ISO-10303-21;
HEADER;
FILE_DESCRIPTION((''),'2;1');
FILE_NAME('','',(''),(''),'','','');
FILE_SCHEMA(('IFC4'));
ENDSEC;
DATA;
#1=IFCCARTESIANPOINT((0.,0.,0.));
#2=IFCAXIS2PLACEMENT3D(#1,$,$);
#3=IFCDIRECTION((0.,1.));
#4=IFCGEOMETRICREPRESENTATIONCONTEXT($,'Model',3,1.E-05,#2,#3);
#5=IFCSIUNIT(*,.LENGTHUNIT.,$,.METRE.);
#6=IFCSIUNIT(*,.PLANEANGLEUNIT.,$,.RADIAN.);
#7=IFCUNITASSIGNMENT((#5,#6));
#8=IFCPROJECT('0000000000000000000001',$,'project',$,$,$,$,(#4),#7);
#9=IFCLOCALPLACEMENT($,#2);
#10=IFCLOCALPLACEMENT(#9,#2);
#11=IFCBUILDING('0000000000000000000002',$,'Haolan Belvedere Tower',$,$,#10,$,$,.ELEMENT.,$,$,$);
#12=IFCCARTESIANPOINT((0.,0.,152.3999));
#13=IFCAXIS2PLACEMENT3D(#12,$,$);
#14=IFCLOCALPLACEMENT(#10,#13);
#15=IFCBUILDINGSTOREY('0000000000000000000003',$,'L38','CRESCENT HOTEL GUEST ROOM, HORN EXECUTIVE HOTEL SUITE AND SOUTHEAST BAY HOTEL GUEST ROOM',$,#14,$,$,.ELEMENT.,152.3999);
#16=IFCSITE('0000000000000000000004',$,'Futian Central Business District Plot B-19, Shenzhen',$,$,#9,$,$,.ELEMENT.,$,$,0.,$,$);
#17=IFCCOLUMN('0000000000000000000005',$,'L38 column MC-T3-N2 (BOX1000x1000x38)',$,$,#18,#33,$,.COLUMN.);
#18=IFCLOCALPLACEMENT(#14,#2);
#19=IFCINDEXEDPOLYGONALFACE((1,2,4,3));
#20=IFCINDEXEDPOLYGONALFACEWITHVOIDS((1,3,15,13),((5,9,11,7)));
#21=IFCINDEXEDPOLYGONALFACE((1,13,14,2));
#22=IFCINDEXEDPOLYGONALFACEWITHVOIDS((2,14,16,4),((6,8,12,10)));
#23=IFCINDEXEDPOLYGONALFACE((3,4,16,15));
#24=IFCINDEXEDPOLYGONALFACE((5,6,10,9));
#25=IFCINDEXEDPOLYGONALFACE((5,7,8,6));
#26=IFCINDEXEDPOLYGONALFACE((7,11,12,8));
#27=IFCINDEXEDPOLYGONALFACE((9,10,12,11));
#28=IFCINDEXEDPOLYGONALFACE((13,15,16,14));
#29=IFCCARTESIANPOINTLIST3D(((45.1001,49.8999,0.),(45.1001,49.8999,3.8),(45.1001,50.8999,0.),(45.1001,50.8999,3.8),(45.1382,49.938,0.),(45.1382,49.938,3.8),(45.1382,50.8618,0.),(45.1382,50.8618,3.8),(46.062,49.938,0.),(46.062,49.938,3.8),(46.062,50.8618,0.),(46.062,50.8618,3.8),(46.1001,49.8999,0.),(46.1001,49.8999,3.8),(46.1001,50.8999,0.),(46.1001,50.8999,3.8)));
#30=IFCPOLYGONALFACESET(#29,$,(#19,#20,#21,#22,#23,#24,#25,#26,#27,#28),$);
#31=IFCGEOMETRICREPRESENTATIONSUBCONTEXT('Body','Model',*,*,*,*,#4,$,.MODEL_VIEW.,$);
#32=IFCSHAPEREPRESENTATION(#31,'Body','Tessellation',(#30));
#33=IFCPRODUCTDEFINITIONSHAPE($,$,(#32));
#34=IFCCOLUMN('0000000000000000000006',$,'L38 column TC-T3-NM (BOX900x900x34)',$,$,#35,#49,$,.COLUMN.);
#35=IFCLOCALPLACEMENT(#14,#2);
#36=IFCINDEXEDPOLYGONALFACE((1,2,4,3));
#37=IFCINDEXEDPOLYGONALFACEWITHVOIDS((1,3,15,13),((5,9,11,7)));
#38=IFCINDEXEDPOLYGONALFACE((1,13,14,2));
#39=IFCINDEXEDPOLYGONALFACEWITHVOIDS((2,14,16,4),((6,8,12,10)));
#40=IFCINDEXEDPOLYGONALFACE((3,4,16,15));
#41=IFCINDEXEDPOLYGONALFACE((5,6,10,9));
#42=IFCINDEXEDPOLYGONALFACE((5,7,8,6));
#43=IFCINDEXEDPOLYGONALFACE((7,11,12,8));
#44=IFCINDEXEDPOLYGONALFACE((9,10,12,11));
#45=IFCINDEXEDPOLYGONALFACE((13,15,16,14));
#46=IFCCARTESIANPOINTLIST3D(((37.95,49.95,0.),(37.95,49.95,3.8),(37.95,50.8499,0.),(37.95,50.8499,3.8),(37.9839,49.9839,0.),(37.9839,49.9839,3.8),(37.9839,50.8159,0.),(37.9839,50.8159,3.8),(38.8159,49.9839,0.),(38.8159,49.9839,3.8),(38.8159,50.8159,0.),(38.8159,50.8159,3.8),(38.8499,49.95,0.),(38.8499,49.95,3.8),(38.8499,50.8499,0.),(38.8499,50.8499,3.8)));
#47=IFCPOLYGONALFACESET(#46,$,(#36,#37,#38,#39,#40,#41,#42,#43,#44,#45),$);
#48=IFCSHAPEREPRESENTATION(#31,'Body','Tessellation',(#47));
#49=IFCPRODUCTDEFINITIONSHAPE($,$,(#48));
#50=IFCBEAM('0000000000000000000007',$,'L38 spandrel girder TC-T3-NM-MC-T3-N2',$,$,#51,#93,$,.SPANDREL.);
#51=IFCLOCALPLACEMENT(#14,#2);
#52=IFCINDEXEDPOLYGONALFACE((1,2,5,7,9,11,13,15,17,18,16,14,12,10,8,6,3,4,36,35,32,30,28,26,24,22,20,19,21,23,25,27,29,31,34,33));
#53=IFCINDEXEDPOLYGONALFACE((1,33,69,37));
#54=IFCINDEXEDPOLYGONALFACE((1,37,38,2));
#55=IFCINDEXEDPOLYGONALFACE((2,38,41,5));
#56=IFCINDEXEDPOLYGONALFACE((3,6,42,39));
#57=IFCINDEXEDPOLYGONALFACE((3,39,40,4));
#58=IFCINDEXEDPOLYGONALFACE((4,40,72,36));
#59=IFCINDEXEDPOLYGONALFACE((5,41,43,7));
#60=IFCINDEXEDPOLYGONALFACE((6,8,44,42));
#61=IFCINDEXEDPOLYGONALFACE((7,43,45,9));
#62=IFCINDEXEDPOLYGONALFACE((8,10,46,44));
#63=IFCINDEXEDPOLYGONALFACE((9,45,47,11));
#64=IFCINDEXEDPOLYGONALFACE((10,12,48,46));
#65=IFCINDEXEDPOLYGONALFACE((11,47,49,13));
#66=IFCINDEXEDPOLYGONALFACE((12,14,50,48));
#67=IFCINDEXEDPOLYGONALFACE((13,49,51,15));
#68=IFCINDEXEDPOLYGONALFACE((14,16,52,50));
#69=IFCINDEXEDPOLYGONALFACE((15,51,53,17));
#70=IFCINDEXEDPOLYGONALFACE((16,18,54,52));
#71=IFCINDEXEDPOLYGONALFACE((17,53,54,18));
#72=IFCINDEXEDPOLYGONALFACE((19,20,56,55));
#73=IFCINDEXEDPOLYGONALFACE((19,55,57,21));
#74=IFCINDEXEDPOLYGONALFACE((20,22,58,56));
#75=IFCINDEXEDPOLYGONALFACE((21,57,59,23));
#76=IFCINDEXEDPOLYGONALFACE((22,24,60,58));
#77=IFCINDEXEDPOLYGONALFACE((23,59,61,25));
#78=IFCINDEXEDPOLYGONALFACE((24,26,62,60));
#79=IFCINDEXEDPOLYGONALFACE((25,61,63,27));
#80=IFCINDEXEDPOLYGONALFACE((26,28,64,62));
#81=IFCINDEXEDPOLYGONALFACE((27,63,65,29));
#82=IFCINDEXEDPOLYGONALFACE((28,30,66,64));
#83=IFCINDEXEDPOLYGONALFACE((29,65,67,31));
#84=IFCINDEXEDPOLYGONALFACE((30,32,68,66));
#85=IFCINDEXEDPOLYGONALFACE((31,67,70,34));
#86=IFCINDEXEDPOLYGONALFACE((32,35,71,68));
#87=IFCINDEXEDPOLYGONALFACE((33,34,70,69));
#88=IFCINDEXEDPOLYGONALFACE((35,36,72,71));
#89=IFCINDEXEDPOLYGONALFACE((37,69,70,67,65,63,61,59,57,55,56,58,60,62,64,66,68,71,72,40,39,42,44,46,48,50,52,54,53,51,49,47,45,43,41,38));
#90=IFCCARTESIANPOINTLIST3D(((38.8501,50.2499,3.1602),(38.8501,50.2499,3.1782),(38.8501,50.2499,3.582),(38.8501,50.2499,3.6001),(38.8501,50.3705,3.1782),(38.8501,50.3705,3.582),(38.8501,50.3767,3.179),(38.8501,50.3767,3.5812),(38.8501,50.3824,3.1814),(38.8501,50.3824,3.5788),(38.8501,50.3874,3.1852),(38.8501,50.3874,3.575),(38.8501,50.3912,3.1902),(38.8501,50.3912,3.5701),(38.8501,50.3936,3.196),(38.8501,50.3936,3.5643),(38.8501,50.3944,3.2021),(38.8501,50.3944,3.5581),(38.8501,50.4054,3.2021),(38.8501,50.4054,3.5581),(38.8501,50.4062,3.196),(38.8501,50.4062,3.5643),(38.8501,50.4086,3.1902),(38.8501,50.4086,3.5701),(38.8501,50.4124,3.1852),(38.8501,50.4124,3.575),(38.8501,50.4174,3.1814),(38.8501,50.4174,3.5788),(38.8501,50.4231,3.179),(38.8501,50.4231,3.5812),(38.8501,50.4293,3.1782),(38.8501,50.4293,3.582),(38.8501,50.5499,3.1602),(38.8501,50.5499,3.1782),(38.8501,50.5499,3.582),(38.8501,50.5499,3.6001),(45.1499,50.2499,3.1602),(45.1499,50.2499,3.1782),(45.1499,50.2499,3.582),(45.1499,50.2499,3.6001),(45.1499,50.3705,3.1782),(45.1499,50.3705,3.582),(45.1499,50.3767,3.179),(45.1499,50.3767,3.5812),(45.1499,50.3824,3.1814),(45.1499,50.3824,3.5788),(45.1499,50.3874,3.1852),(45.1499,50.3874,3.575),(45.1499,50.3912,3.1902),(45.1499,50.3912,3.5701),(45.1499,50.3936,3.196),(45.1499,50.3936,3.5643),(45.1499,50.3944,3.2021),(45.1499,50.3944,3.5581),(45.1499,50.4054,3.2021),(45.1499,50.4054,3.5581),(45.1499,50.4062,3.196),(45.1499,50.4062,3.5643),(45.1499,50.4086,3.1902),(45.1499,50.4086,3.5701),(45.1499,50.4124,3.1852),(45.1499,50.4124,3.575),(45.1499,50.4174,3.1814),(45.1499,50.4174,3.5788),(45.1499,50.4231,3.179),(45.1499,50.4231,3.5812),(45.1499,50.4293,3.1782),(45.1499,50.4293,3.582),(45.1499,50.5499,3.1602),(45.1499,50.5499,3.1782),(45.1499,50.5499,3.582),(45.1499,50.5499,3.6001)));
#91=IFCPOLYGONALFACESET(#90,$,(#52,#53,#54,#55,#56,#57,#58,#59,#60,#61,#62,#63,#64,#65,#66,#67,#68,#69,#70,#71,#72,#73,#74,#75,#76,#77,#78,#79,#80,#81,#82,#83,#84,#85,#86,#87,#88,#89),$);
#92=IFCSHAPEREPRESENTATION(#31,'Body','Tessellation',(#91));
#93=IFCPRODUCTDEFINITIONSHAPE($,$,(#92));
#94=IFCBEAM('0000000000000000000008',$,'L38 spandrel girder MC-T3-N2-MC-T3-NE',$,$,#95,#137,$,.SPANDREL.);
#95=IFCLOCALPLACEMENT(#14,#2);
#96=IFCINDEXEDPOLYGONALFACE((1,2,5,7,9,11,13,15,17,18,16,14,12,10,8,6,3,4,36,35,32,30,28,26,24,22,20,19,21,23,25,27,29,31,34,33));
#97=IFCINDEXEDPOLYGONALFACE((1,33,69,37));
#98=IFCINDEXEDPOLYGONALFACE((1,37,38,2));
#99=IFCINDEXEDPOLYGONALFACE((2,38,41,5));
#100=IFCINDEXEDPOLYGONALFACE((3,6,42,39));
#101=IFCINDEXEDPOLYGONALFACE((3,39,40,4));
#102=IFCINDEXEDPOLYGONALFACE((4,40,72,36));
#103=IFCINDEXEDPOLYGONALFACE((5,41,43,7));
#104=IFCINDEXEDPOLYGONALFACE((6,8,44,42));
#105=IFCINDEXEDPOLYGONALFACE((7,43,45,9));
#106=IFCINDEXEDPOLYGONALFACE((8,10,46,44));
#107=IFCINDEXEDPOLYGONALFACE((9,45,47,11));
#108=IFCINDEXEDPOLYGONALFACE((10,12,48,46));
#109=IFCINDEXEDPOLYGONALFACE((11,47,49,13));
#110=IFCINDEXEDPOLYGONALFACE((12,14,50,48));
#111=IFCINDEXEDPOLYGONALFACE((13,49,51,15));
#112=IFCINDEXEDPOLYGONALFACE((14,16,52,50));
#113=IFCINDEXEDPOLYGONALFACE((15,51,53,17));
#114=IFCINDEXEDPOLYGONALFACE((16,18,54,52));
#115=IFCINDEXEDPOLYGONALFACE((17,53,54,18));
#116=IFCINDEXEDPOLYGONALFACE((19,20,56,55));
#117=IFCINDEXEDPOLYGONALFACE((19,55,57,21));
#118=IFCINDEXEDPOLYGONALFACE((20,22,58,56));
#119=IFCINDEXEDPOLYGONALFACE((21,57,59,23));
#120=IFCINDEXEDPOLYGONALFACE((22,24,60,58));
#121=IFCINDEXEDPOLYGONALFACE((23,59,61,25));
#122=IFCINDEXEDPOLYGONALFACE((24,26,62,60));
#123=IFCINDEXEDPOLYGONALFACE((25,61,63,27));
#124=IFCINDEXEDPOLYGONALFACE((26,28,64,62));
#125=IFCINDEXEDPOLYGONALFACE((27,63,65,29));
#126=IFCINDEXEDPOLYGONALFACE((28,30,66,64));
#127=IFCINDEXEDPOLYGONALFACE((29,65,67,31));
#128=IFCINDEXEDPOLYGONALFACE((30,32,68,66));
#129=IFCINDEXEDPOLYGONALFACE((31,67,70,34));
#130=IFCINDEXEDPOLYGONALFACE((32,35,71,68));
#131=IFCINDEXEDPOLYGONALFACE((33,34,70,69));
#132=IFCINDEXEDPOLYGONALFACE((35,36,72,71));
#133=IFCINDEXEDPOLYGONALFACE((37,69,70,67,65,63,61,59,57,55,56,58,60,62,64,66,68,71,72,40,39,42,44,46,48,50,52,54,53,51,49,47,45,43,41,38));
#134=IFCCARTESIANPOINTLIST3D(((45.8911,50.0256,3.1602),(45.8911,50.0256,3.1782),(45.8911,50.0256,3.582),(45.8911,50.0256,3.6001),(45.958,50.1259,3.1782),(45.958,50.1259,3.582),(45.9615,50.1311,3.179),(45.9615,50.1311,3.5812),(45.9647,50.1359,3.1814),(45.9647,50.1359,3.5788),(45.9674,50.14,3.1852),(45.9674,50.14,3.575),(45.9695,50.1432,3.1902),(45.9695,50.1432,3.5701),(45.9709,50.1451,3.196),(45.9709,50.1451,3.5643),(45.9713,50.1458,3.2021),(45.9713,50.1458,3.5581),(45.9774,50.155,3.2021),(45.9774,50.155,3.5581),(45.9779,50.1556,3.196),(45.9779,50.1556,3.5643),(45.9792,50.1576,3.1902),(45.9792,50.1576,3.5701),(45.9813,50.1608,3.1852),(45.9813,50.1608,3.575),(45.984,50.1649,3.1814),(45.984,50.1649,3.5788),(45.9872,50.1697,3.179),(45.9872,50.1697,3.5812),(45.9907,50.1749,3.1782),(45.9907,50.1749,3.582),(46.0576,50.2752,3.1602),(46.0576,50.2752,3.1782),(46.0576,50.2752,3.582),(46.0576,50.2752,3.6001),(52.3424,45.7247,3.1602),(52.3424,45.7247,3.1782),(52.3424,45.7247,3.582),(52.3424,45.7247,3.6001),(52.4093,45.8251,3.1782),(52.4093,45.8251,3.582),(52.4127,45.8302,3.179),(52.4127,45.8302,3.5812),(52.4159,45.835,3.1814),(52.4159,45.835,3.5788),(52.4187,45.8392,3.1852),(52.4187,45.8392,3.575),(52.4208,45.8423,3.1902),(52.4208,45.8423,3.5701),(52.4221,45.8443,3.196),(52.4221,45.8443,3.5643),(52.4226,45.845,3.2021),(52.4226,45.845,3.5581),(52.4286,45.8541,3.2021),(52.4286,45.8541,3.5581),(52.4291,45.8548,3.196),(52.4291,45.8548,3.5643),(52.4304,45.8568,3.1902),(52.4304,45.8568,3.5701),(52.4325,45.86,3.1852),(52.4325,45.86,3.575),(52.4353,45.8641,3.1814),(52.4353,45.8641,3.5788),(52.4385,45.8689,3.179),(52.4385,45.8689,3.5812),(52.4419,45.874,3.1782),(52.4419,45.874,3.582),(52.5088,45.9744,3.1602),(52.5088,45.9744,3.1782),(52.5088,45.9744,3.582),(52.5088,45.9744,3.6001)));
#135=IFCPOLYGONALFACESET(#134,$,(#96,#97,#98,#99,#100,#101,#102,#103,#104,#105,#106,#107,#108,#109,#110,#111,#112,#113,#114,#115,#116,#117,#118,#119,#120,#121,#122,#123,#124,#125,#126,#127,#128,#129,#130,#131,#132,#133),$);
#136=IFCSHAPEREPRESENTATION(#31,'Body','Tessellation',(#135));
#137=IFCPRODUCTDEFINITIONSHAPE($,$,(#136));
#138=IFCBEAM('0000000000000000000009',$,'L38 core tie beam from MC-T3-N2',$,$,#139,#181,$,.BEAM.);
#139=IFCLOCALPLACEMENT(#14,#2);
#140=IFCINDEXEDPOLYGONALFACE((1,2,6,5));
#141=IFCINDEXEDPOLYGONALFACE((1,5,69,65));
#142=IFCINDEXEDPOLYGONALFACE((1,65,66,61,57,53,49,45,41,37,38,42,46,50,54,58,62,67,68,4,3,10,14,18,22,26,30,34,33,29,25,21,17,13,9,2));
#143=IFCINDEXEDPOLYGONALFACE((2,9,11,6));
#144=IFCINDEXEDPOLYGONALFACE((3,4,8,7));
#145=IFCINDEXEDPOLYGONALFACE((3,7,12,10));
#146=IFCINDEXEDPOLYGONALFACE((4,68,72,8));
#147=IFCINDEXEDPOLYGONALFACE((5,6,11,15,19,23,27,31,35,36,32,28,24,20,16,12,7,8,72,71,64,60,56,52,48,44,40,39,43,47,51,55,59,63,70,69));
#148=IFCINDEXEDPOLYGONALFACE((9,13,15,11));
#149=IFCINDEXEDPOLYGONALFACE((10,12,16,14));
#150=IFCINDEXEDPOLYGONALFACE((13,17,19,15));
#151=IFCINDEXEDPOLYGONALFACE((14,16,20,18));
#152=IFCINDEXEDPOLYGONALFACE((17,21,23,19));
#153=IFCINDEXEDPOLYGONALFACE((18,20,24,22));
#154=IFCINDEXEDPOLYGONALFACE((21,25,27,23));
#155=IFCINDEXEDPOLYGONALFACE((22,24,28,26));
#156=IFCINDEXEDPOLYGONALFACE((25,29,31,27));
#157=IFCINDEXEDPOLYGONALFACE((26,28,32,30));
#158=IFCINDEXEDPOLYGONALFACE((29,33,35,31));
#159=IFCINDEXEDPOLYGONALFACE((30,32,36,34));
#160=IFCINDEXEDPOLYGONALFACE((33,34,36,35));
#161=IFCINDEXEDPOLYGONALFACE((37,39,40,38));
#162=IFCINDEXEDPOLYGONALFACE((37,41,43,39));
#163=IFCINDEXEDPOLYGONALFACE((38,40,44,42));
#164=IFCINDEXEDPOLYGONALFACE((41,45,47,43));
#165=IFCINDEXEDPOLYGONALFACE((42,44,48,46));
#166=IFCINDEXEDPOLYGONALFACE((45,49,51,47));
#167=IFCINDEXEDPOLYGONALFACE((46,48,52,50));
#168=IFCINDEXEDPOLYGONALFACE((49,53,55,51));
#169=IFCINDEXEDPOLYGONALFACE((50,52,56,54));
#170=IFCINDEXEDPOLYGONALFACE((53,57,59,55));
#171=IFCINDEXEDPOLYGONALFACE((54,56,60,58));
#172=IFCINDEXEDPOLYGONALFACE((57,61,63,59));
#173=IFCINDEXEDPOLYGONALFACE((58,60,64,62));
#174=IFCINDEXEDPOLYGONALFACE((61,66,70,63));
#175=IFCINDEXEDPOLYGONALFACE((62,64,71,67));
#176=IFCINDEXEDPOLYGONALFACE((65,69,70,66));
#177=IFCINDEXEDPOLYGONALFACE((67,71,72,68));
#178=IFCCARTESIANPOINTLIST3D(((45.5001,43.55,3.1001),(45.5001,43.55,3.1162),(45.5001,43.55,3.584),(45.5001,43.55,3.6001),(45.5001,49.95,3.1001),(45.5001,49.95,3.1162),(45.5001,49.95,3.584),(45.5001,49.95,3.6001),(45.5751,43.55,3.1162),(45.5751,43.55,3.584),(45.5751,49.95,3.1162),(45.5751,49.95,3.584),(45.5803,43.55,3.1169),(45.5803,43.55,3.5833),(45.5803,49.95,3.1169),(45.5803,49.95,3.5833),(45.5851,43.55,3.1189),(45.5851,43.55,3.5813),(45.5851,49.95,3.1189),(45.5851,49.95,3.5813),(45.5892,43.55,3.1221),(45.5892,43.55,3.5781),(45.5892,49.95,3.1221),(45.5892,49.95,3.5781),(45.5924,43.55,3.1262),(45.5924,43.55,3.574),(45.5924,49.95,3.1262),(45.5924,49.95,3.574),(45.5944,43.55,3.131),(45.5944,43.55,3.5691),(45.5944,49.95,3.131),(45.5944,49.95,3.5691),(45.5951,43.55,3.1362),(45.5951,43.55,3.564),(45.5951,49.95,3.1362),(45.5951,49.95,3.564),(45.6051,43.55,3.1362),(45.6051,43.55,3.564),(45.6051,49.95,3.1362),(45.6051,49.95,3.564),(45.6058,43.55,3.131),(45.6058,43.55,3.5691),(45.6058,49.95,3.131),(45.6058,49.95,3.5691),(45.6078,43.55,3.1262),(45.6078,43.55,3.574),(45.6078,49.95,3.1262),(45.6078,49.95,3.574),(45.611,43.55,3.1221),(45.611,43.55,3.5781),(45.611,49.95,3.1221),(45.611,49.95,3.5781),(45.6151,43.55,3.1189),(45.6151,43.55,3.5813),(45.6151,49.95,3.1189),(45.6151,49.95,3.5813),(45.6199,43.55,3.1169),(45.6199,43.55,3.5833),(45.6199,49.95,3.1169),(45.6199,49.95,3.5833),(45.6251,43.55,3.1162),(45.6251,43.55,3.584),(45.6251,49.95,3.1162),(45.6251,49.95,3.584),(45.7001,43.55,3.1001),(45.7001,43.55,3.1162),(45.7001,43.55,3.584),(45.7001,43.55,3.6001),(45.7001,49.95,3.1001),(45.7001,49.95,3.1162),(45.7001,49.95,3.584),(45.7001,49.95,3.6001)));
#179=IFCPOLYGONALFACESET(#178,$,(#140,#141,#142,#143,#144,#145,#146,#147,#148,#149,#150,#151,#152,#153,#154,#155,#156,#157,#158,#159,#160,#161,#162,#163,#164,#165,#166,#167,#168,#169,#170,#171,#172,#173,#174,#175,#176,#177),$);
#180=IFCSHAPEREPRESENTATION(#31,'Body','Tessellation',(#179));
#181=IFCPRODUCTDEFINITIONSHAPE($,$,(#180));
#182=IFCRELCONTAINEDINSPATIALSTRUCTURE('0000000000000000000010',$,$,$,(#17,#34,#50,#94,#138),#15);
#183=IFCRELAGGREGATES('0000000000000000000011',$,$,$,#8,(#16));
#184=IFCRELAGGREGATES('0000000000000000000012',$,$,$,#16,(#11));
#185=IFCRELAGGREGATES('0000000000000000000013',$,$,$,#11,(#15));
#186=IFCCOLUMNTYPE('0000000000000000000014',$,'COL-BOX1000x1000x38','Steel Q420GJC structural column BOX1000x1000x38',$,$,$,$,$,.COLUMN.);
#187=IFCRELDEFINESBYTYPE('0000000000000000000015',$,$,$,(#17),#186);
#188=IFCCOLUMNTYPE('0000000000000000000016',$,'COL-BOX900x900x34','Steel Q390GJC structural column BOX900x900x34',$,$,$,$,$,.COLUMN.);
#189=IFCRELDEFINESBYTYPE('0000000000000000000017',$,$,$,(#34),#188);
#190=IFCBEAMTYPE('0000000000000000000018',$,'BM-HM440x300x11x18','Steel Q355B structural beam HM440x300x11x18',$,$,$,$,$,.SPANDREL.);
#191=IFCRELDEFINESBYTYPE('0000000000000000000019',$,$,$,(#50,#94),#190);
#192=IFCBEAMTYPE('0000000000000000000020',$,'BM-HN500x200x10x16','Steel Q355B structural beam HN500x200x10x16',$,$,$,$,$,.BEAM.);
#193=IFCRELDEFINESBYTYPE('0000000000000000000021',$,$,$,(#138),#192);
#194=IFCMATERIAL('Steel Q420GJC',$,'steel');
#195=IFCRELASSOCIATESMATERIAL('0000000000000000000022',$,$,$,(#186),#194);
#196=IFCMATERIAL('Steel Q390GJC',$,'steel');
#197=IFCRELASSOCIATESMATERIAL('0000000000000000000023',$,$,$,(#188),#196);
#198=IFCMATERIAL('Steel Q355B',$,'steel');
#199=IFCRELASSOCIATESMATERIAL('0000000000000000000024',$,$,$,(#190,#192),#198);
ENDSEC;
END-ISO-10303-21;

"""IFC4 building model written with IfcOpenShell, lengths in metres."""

from ifc_helpers import new_model, si_unit, direction, frame, origin, origin_2d, place, context, subcontext, project, spatial, hollow_rectangle, i_section, extrude, material, material_profile, profile_set, type_object, element, save


model = new_model("IFC4")

# Units and contexts
model_context = context("Model", 3, precision=1e-05, world=origin(), true_north=direction((0.0, 1.0)))
body_context = subcontext(model_context, "Body", "Model", "MODEL_VIEW")
ifc_project = project(units=[si_unit("LENGTHUNIT", "METRE"), si_unit("PLANEANGLEUNIT", "RADIAN")], contexts=[model_context])

# Site, building, storey
site_placement = place(None, origin())
site = spatial("IfcSite", under=ifc_project, at=site_placement, Name="Futian Central Business District Plot B-19, Shenzhen", CompositionType="ELEMENT", RefElevation=0.0)
building_placement = place(site_placement, origin())
building = spatial("IfcBuilding", under=site, at=building_placement, Name="Haolan Belvedere Tower", CompositionType="ELEMENT")
storey_placement = place(building_placement, frame((0.0, 0.0, 152.3999)))
storey = spatial("IfcBuildingStorey", under=building, at=storey_placement, Name="L38", Description="CRESCENT HOTEL GUEST ROOM, HORN EXECUTIVE HOTEL SUITE AND SOUTHEAST BAY HOTEL GUEST ROOM", CompositionType="ELEMENT", Elevation=152.3999)

# Columns
ifc_material_1 = material(Name="Steel Q420GJC", Category="steel")
ifc_material_profile_1 = material_profile(ifc_material_1, hollow_rectangle(XDim=1.0, YDim=1.0, WallThickness=0.0381, at=origin_2d()), Name="Steel Q420GJC")
ifc_profile_set_1 = profile_set([ifc_material_profile_1], Name="Steel Q420GJC")
column_type_1 = type_object("IfcColumnType", Name="COL-BOX1000x1000x38", Description="Steel Q420GJC structural column BOX1000x1000x38", PredefinedType="COLUMN", material=ifc_profile_set_1)
column_1_placement = place(storey_placement, frame((45.6001, 50.3999, 0.0), z_axis=(0.0, 0.0, 1.0), x_axis=(1.0, 0.0, 0.0)))
element("IfcColumn", 1, at=column_1_placement, inside=storey, type_object=column_type_1, Name="L38 column MC-T3-N2 (BOX1000x1000x38)", PredefinedType="COLUMN", context=body_context, shape_type="SweptSolid", body=[
    extrude(hollow_rectangle(XDim=1.0, YDim=1.0, WallThickness=0.0381, at=origin_2d()), origin(), (0.0, 0.0, 1.0), 3.8),
])
ifc_material_2 = material(Name="Steel Q390GJC", Category="steel")
ifc_material_profile_2 = material_profile(ifc_material_2, hollow_rectangle(XDim=0.8999, YDim=0.8999, WallThickness=0.0339, at=origin_2d()), Name="Steel Q390GJC")
ifc_profile_set_2 = profile_set([ifc_material_profile_2], Name="Steel Q390GJC")
column_type_2 = type_object("IfcColumnType", Name="COL-BOX900x900x34", Description="Steel Q390GJC structural column BOX900x900x34", PredefinedType="COLUMN", material=ifc_profile_set_2)
column_2_placement = place(storey_placement, frame((38.3999, 50.3999, 0.0), z_axis=(0.0, 0.0, 1.0), x_axis=(1.0, 0.0, 0.0)))
element("IfcColumn", 2, at=column_2_placement, inside=storey, type_object=column_type_2, Name="L38 column TC-T3-NM (BOX900x900x34)", PredefinedType="COLUMN", context=body_context, shape_type="SweptSolid", body=[
    extrude(hollow_rectangle(XDim=0.8999, YDim=0.8999, WallThickness=0.0339, at=origin_2d()), origin(), (0.0, 0.0, 1.0), 3.8),
])

# Beams
ifc_material_3 = material(Name="Steel Q355B", Category="steel")
ifc_material_profile_3 = material_profile(ifc_material_3, i_section(OverallWidth=0.3, OverallDepth=0.4399, WebThickness=0.011, FlangeThickness=0.0181, FilletRadius=0.0239, at=origin_2d()), Name="Steel Q355B")
ifc_profile_set_3 = profile_set([ifc_material_profile_3], Name="Steel Q355B")
beam_type_1 = type_object("IfcBeamType", Name="BM-HM440x300x11x18", Description="Steel Q355B structural beam HM440x300x11x18", PredefinedType="SPANDREL", material=ifc_profile_set_3)
beam_1_placement = place(storey_placement, frame((38.8501, 50.3999, 3.3801), z_axis=(1.0, 0.0, 0.0), x_axis=(0.0, 1.0, 0.0)))
element("IfcBeam", 3, at=beam_1_placement, inside=storey, type_object=beam_type_1, Name="L38 spandrel girder TC-T3-NM-MC-T3-N2", PredefinedType="SPANDREL", context=body_context, shape_type="SweptSolid", body=[
    extrude(i_section(OverallWidth=0.3, OverallDepth=0.4399, WebThickness=0.011, FlangeThickness=0.0181, FilletRadius=0.0239, at=origin_2d()), origin(), (0.0, 0.0, 1.0), 6.2998),
])
beam_2_placement = place(storey_placement, frame((45.9744, 50.1504, 3.3801), z_axis=(0.83205, -0.5547, 0.0), x_axis=(0.5547, 0.83205, 0.0)))
element("IfcBeam", 4, at=beam_2_placement, inside=storey, type_object=beam_type_1, Name="L38 spandrel girder MC-T3-N2-MC-T3-NE", PredefinedType="SPANDREL", context=body_context, shape_type="SweptSolid", body=[
    extrude(i_section(OverallWidth=0.3, OverallDepth=0.4399, WebThickness=0.011, FlangeThickness=0.0181, FilletRadius=0.0239, at=origin_2d()), origin(), (0.0, 0.0, 1.0), 7.7534),
])
ifc_material_profile_4 = material_profile(ifc_material_3, i_section(OverallWidth=0.2, OverallDepth=0.5, WebThickness=0.01, FlangeThickness=0.0161, FilletRadius=0.02, at=origin_2d()), Name="Steel Q355B")
ifc_profile_set_4 = profile_set([ifc_material_profile_4], Name="Steel Q355B")
beam_type_2 = type_object("IfcBeamType", Name="BM-HN500x200x10x16", Description="Steel Q355B structural beam HN500x200x10x16", PredefinedType="BEAM", material=ifc_profile_set_4)
beam_3_placement = place(storey_placement, frame((45.6001, 49.95, 3.3501), z_axis=(0.0, -1.0, 0.0), x_axis=(1.0, 0.0, 0.0)))
element("IfcBeam", 5, at=beam_3_placement, inside=storey, type_object=beam_type_2, Name="L38 core tie beam from MC-T3-N2", PredefinedType="BEAM", context=body_context, shape_type="SweptSolid", body=[
    extrude(i_section(OverallWidth=0.2, OverallDepth=0.5, WebThickness=0.01, FlangeThickness=0.0161, FilletRadius=0.02, at=origin_2d()), origin(), (0.0, 0.0, 1.0), 6.3999),
])

save(model, "model.ifc")
